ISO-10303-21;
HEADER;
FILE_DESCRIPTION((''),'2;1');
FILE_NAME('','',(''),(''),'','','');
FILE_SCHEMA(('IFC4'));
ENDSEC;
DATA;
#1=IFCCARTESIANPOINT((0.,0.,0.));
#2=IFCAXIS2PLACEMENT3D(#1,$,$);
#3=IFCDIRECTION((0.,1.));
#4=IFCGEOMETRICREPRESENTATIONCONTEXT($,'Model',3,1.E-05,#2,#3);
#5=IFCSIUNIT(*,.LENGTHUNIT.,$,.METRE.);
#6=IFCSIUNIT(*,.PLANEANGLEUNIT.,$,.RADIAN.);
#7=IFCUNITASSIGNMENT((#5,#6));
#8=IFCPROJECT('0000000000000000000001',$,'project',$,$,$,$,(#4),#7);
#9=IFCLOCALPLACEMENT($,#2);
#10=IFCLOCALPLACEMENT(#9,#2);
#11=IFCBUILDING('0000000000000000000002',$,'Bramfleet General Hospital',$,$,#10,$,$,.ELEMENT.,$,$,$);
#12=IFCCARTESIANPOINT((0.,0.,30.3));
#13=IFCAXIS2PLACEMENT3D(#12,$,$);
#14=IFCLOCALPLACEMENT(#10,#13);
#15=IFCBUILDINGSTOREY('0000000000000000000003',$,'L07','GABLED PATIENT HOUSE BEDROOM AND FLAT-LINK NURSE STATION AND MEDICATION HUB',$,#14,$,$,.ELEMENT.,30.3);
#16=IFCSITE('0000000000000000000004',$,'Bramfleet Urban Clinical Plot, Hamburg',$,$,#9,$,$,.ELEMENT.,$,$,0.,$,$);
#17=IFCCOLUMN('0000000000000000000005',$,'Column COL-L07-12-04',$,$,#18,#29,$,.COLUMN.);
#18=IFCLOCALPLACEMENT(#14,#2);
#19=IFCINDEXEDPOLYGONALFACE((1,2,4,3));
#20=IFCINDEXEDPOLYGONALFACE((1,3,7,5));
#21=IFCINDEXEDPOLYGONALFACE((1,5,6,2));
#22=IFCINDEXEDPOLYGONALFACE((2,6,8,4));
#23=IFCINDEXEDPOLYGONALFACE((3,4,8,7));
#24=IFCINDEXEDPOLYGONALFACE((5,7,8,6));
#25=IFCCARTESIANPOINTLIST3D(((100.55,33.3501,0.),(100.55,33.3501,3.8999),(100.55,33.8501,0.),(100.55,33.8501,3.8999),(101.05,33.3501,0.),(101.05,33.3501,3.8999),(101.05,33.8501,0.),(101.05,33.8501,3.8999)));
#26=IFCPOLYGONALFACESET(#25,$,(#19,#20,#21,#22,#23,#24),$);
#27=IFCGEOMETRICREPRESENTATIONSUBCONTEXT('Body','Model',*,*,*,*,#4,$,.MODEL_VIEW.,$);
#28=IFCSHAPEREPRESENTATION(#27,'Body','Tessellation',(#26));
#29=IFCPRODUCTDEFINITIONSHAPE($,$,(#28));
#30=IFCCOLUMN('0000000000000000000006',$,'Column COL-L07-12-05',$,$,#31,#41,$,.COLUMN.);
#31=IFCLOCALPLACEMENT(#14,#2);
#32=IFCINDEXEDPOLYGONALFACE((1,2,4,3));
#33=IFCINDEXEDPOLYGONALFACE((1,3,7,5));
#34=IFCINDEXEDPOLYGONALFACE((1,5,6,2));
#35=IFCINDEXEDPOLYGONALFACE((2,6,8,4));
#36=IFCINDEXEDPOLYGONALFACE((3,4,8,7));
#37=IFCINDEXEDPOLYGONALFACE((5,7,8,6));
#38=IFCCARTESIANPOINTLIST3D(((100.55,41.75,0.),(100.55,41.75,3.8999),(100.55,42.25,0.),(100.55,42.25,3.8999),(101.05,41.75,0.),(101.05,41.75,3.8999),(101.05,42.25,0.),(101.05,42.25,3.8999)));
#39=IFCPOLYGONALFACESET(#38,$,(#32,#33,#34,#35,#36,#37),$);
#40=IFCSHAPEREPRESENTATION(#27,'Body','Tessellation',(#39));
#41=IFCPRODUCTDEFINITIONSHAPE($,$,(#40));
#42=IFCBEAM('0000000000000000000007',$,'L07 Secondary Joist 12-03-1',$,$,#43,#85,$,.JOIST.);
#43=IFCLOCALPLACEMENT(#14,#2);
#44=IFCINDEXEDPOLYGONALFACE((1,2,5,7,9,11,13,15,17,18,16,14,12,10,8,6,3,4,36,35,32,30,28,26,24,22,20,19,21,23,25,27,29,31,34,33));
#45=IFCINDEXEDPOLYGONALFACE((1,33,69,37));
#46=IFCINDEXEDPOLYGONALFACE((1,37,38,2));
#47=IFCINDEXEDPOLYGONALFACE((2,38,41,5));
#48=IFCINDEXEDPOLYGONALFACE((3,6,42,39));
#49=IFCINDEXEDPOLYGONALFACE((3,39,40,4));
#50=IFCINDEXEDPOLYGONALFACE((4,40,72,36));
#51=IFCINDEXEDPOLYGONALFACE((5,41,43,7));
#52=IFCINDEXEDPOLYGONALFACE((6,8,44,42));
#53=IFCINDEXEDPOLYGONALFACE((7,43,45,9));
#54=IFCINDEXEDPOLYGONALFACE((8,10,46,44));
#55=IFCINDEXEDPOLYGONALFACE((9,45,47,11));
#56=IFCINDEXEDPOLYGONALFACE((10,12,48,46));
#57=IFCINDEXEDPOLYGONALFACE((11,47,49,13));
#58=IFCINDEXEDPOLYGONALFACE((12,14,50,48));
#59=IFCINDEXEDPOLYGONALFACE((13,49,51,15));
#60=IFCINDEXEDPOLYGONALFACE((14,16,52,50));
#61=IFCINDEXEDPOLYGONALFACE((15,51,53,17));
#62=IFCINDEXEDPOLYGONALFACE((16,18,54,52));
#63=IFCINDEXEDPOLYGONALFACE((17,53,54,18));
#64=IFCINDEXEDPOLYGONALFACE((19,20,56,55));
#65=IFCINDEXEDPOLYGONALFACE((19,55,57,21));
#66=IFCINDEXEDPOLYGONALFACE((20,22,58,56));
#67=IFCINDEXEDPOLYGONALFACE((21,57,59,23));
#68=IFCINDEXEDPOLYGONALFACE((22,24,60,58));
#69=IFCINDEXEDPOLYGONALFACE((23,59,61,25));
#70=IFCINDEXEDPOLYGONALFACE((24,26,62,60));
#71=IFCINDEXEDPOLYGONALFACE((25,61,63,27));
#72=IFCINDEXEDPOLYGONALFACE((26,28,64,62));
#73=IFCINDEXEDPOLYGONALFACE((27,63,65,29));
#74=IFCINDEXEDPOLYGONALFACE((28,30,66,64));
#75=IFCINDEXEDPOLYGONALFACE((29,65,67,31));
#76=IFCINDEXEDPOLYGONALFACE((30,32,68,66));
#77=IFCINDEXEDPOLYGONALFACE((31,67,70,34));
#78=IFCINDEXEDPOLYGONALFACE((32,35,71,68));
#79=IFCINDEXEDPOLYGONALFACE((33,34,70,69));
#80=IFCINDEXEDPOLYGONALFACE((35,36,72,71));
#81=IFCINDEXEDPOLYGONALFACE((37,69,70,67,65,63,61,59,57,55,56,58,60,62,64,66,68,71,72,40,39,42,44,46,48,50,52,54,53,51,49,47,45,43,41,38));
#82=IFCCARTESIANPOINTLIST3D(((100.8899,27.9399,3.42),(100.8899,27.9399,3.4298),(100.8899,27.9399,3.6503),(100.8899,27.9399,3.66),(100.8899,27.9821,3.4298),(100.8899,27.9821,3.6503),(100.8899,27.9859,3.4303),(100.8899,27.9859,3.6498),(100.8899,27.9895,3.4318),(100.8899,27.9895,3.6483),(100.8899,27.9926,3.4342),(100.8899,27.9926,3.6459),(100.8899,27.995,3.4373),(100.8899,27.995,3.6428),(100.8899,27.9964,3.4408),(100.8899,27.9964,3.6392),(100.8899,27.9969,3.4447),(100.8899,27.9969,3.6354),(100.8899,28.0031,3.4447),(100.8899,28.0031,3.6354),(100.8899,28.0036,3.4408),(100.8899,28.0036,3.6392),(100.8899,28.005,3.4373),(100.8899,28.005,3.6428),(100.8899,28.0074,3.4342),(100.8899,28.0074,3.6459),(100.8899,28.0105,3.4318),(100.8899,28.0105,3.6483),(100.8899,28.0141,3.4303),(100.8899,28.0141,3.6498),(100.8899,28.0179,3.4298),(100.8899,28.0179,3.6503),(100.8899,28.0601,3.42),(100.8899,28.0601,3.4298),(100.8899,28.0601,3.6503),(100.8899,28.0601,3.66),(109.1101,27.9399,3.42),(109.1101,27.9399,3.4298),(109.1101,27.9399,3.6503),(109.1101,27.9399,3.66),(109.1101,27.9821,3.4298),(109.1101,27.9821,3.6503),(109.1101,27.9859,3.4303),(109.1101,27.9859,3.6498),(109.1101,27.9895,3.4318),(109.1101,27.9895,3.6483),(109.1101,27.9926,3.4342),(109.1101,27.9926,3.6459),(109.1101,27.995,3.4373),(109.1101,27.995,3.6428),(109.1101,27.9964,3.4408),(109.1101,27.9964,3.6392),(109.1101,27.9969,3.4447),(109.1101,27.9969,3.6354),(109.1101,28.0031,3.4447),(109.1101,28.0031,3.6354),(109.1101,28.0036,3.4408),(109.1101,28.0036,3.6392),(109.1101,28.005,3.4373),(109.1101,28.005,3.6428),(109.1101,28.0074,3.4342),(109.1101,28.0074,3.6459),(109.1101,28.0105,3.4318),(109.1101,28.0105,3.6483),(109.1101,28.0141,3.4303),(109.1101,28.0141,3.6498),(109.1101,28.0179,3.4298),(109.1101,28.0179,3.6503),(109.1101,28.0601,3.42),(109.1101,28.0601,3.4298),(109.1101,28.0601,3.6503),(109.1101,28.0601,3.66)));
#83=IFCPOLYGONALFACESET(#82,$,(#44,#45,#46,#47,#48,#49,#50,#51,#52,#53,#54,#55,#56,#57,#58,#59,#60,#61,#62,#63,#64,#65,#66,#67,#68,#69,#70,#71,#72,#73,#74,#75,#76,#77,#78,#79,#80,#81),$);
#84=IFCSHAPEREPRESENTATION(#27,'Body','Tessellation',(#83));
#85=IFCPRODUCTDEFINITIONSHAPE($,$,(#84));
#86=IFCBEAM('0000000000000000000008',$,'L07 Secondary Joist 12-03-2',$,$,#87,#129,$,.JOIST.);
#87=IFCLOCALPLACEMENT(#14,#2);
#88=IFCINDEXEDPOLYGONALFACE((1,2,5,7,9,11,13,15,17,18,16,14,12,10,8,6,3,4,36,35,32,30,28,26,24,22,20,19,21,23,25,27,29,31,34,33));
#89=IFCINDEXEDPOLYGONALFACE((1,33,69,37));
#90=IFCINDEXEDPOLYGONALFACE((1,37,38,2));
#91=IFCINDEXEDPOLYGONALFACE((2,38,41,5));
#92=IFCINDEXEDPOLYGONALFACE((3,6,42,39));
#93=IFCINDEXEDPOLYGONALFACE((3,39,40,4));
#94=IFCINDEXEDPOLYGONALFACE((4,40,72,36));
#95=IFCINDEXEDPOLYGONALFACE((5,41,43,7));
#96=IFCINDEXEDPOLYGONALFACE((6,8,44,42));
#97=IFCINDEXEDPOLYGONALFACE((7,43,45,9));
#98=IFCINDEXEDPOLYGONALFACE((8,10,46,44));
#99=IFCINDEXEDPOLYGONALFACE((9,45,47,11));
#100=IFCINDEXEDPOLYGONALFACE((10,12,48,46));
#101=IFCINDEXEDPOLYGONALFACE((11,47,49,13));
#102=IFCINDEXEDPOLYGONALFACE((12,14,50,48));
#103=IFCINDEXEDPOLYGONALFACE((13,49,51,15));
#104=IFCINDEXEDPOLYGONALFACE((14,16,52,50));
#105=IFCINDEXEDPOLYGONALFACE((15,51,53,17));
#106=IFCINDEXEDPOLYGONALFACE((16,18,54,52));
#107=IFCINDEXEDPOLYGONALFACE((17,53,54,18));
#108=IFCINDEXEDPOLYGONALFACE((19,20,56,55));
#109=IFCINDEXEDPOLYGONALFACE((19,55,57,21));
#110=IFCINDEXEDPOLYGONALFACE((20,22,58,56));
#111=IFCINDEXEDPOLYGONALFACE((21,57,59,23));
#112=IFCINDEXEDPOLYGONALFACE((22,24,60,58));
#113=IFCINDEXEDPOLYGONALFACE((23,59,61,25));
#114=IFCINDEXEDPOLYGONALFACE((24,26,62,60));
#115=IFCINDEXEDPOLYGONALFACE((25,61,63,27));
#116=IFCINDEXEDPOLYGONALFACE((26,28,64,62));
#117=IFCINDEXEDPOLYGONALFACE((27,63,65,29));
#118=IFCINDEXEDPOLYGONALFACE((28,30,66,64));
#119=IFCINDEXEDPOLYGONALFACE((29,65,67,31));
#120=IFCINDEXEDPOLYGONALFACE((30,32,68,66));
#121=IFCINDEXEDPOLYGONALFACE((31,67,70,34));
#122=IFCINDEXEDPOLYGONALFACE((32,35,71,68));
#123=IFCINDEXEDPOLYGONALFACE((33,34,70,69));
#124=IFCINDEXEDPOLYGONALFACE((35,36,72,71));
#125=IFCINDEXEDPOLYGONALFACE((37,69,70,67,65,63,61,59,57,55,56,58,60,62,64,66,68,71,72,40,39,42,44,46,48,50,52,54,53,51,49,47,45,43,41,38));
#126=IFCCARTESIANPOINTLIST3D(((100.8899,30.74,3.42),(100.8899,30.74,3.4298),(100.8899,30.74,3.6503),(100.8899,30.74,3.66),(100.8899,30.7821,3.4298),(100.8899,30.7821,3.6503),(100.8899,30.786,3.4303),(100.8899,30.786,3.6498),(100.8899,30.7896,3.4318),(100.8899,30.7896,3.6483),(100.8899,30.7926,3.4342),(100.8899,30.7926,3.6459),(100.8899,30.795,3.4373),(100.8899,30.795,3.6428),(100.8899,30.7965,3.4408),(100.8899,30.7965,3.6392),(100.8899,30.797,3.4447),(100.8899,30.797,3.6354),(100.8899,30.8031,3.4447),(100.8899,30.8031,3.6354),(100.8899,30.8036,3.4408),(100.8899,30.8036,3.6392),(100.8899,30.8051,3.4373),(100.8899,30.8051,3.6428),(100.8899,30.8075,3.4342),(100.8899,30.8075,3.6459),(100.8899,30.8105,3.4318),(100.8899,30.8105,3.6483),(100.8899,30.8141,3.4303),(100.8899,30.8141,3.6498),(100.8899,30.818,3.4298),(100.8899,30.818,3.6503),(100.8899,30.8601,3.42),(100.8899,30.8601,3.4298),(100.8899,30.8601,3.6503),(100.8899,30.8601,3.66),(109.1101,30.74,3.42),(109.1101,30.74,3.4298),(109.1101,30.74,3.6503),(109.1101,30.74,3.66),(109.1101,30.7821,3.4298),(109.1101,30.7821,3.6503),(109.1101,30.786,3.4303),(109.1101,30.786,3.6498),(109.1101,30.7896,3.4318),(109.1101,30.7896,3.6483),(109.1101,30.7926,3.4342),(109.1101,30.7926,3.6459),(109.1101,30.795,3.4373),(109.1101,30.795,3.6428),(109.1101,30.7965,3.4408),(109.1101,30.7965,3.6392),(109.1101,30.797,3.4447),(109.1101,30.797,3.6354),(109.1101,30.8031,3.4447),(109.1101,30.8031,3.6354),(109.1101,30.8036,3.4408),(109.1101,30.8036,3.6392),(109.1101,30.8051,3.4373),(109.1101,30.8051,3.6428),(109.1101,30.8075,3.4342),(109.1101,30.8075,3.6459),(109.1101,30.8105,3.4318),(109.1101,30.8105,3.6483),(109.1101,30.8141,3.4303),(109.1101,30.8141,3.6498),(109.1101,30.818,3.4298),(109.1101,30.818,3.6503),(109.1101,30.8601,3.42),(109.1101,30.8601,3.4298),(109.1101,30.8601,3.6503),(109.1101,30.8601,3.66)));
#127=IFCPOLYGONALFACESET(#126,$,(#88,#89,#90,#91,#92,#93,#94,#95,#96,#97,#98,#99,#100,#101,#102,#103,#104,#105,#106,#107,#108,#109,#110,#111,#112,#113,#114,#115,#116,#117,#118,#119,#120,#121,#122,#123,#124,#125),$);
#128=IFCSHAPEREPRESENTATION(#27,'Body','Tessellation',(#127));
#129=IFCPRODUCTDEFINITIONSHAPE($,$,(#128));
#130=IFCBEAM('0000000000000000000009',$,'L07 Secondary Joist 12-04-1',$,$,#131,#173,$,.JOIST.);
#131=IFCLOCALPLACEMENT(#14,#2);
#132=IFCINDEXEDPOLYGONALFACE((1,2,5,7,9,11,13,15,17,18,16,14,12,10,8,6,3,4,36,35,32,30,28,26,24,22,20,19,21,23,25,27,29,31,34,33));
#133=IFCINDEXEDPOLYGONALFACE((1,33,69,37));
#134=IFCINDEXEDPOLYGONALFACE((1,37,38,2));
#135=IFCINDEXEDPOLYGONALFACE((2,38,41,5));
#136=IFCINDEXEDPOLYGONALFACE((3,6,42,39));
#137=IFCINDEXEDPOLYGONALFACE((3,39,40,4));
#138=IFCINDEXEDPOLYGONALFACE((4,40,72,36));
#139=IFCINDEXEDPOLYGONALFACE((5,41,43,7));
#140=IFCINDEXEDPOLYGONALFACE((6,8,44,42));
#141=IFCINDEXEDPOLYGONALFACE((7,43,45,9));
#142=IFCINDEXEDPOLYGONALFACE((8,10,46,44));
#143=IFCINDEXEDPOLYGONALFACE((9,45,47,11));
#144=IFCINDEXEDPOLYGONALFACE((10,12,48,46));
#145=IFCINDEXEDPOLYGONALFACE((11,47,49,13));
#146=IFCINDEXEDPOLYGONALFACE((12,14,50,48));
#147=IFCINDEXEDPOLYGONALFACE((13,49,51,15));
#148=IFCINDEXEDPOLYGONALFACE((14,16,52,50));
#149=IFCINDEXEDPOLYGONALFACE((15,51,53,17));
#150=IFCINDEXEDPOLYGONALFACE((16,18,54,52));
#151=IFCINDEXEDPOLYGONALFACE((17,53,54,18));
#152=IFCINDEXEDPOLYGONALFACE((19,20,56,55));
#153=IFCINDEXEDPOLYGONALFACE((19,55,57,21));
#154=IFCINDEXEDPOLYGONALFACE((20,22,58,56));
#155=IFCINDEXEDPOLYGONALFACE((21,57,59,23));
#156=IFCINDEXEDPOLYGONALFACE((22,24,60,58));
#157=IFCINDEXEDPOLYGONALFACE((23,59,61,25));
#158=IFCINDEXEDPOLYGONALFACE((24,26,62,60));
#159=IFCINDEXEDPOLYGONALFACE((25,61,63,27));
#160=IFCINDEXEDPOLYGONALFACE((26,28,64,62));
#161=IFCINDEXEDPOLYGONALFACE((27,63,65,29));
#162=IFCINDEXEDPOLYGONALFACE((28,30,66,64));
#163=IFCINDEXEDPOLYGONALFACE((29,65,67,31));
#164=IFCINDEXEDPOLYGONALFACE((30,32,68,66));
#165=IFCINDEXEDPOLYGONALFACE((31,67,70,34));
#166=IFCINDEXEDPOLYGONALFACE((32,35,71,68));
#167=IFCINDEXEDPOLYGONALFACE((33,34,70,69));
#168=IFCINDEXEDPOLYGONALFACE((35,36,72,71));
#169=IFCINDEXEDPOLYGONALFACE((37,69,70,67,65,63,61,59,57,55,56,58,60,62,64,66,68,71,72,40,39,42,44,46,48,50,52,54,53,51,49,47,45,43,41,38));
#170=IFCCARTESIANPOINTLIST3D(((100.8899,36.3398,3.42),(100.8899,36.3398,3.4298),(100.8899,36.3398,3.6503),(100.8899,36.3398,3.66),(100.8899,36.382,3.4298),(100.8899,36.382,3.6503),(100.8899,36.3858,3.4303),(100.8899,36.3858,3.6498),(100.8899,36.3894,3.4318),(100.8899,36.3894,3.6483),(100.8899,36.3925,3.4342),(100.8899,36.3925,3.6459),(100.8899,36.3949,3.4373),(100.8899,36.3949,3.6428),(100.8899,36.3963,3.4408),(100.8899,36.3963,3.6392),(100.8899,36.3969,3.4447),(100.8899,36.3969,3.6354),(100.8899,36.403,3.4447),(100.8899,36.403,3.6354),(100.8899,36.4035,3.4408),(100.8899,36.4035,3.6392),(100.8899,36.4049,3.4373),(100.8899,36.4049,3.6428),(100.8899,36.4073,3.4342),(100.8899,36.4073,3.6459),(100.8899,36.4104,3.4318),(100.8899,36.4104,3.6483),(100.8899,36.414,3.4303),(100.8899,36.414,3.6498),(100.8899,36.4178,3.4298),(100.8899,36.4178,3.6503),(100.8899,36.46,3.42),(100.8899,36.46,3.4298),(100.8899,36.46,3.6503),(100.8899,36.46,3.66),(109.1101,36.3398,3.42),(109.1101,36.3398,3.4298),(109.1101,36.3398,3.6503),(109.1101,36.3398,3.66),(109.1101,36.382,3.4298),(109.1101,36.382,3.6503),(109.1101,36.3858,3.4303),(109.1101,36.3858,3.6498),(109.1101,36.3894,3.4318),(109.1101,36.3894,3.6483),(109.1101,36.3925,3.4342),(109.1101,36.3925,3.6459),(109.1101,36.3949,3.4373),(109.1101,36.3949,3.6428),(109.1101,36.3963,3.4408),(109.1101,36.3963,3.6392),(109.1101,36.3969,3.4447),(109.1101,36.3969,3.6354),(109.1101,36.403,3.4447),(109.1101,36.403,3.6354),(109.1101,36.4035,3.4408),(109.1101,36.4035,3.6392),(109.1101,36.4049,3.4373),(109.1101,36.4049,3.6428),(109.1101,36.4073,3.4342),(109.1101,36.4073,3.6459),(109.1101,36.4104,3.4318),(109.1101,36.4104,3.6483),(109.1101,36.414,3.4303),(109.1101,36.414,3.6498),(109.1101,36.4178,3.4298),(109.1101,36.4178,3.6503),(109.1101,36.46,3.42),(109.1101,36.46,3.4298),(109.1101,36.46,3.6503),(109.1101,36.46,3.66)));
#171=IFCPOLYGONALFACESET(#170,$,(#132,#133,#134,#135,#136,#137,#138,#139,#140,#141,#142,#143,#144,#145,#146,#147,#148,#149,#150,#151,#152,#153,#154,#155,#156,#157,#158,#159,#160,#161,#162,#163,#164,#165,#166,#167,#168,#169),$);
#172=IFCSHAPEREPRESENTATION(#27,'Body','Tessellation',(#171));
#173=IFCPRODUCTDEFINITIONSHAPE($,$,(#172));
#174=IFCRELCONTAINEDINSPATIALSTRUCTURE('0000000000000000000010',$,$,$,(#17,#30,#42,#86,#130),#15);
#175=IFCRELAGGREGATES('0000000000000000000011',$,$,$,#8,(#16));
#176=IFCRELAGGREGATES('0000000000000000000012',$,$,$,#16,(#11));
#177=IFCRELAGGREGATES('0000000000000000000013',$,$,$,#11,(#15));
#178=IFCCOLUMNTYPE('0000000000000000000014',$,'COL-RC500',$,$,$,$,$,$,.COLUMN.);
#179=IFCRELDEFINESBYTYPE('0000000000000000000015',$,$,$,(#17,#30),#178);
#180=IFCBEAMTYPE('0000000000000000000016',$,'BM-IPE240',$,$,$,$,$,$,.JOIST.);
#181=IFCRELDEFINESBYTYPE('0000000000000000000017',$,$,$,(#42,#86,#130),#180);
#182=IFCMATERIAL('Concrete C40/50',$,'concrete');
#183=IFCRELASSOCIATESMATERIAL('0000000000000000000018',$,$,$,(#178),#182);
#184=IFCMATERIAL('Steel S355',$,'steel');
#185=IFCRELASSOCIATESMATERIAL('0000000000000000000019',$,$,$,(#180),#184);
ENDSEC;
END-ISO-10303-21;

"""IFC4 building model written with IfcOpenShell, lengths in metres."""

from ifc_helpers import new_model, si_unit, direction, frame, origin, origin_2d, place, context, subcontext, project, spatial, rectangle, i_section, extrude, material, material_profile, profile_set, type_object, element, save


model = new_model("IFC4")

# Units and contexts
model_context = context("Model", 3, precision=1e-05, world=origin(), true_north=direction((0.0, 1.0)))
body_context = subcontext(model_context, "Body", "Model", "MODEL_VIEW")
ifc_project = project(units=[si_unit("LENGTHUNIT", "METRE"), si_unit("PLANEANGLEUNIT", "RADIAN")], contexts=[model_context])

# Site, building, storey
site_placement = place(None, origin())
site = spatial("IfcSite", under=ifc_project, at=site_placement, Name="Bramfleet Urban Clinical Plot, Hamburg", CompositionType="ELEMENT", RefElevation=0.0)
building_placement = place(site_placement, origin())
building = spatial("IfcBuilding", under=site, at=building_placement, Name="Bramfleet General Hospital", CompositionType="ELEMENT")
storey_placement = place(building_placement, frame((0.0, 0.0, 30.3)))
storey = spatial("IfcBuildingStorey", under=building, at=storey_placement, Name="L07", Description="GABLED PATIENT HOUSE BEDROOM AND FLAT-LINK NURSE STATION AND MEDICATION HUB", CompositionType="ELEMENT", Elevation=30.3)

# Columns
ifc_material_1 = material(Name="Concrete C40/50", Category="concrete")
ifc_material_profile_1 = material_profile(ifc_material_1, rectangle(XDim=0.5, YDim=0.5, at=origin_2d()), Name="RC COL 500x500")
ifc_profile_set_1 = profile_set([ifc_material_profile_1], Name="Concrete C40/50")
column_type = type_object("IfcColumnType", Name="COL-RC500", PredefinedType="COLUMN", material=ifc_profile_set_1)
for number, where, z_axis, x_axis, name in (
    (1, (100.8, 33.6001, 0.0), (0.0, 0.0, 1.0), (1.0, 0.0, 0.0), "Column COL-L07-12-04"),
    (2, (100.8, 42.0, 0.0), (0.0, 0.0, 1.0), (1.0, 0.0, 0.0), "Column COL-L07-12-05"),
):
    element("IfcColumn", number, at=place(storey_placement, frame(where, z_axis=z_axis, x_axis=x_axis)), inside=storey, type_object=column_type, Name=name, PredefinedType="COLUMN", context=body_context, shape_type="SweptSolid", body=[
        extrude(rectangle(XDim=0.5, YDim=0.5, at=origin_2d()), origin(), (0.0, 0.0, 1.0), 3.8999),
    ])

# Beams
ifc_material_2 = material(Name="Steel S355", Category="steel")
ifc_material_profile_2 = material_profile(ifc_material_2, i_section(OverallWidth=0.1201, OverallDepth=0.24, WebThickness=0.0061, FlangeThickness=0.0098, FilletRadius=0.0149, at=origin_2d()), Name="IPE 240")
ifc_profile_set_2 = profile_set([ifc_material_profile_2], Name="Steel S355")
beam_type_1 = type_object("IfcBeamType", Name="BM-IPE240", PredefinedType="JOIST", material=ifc_profile_set_2)
for number, where, z_axis, x_axis, name in (
    (3, (100.8899, 28.0, 3.54), (1.0, 0.0, 0.0), (0.0, 1.0, 0.0), "L07 Secondary Joist 12-03-1"),
    (4, (100.8899, 30.8, 3.54), (1.0, 0.0, 0.0), (0.0, 1.0, 0.0), "L07 Secondary Joist 12-03-2"),
    (5, (100.8899, 36.3999, 3.54), (1.0, 0.0, 0.0), (0.0, 1.0, 0.0), "L07 Secondary Joist 12-04-1"),
):
    element("IfcBeam", number, at=place(storey_placement, frame(where, z_axis=z_axis, x_axis=x_axis)), inside=storey, type_object=beam_type_1, Name=name, PredefinedType="JOIST", context=body_context, shape_type="SweptSolid", body=[
        extrude(i_section(OverallWidth=0.1201, OverallDepth=0.24, WebThickness=0.0061, FlangeThickness=0.0098, FilletRadius=0.0149, at=origin_2d()), origin(), (0.0, 0.0, 1.0), 8.2202),
    ])

save(model, "model.ifc")
